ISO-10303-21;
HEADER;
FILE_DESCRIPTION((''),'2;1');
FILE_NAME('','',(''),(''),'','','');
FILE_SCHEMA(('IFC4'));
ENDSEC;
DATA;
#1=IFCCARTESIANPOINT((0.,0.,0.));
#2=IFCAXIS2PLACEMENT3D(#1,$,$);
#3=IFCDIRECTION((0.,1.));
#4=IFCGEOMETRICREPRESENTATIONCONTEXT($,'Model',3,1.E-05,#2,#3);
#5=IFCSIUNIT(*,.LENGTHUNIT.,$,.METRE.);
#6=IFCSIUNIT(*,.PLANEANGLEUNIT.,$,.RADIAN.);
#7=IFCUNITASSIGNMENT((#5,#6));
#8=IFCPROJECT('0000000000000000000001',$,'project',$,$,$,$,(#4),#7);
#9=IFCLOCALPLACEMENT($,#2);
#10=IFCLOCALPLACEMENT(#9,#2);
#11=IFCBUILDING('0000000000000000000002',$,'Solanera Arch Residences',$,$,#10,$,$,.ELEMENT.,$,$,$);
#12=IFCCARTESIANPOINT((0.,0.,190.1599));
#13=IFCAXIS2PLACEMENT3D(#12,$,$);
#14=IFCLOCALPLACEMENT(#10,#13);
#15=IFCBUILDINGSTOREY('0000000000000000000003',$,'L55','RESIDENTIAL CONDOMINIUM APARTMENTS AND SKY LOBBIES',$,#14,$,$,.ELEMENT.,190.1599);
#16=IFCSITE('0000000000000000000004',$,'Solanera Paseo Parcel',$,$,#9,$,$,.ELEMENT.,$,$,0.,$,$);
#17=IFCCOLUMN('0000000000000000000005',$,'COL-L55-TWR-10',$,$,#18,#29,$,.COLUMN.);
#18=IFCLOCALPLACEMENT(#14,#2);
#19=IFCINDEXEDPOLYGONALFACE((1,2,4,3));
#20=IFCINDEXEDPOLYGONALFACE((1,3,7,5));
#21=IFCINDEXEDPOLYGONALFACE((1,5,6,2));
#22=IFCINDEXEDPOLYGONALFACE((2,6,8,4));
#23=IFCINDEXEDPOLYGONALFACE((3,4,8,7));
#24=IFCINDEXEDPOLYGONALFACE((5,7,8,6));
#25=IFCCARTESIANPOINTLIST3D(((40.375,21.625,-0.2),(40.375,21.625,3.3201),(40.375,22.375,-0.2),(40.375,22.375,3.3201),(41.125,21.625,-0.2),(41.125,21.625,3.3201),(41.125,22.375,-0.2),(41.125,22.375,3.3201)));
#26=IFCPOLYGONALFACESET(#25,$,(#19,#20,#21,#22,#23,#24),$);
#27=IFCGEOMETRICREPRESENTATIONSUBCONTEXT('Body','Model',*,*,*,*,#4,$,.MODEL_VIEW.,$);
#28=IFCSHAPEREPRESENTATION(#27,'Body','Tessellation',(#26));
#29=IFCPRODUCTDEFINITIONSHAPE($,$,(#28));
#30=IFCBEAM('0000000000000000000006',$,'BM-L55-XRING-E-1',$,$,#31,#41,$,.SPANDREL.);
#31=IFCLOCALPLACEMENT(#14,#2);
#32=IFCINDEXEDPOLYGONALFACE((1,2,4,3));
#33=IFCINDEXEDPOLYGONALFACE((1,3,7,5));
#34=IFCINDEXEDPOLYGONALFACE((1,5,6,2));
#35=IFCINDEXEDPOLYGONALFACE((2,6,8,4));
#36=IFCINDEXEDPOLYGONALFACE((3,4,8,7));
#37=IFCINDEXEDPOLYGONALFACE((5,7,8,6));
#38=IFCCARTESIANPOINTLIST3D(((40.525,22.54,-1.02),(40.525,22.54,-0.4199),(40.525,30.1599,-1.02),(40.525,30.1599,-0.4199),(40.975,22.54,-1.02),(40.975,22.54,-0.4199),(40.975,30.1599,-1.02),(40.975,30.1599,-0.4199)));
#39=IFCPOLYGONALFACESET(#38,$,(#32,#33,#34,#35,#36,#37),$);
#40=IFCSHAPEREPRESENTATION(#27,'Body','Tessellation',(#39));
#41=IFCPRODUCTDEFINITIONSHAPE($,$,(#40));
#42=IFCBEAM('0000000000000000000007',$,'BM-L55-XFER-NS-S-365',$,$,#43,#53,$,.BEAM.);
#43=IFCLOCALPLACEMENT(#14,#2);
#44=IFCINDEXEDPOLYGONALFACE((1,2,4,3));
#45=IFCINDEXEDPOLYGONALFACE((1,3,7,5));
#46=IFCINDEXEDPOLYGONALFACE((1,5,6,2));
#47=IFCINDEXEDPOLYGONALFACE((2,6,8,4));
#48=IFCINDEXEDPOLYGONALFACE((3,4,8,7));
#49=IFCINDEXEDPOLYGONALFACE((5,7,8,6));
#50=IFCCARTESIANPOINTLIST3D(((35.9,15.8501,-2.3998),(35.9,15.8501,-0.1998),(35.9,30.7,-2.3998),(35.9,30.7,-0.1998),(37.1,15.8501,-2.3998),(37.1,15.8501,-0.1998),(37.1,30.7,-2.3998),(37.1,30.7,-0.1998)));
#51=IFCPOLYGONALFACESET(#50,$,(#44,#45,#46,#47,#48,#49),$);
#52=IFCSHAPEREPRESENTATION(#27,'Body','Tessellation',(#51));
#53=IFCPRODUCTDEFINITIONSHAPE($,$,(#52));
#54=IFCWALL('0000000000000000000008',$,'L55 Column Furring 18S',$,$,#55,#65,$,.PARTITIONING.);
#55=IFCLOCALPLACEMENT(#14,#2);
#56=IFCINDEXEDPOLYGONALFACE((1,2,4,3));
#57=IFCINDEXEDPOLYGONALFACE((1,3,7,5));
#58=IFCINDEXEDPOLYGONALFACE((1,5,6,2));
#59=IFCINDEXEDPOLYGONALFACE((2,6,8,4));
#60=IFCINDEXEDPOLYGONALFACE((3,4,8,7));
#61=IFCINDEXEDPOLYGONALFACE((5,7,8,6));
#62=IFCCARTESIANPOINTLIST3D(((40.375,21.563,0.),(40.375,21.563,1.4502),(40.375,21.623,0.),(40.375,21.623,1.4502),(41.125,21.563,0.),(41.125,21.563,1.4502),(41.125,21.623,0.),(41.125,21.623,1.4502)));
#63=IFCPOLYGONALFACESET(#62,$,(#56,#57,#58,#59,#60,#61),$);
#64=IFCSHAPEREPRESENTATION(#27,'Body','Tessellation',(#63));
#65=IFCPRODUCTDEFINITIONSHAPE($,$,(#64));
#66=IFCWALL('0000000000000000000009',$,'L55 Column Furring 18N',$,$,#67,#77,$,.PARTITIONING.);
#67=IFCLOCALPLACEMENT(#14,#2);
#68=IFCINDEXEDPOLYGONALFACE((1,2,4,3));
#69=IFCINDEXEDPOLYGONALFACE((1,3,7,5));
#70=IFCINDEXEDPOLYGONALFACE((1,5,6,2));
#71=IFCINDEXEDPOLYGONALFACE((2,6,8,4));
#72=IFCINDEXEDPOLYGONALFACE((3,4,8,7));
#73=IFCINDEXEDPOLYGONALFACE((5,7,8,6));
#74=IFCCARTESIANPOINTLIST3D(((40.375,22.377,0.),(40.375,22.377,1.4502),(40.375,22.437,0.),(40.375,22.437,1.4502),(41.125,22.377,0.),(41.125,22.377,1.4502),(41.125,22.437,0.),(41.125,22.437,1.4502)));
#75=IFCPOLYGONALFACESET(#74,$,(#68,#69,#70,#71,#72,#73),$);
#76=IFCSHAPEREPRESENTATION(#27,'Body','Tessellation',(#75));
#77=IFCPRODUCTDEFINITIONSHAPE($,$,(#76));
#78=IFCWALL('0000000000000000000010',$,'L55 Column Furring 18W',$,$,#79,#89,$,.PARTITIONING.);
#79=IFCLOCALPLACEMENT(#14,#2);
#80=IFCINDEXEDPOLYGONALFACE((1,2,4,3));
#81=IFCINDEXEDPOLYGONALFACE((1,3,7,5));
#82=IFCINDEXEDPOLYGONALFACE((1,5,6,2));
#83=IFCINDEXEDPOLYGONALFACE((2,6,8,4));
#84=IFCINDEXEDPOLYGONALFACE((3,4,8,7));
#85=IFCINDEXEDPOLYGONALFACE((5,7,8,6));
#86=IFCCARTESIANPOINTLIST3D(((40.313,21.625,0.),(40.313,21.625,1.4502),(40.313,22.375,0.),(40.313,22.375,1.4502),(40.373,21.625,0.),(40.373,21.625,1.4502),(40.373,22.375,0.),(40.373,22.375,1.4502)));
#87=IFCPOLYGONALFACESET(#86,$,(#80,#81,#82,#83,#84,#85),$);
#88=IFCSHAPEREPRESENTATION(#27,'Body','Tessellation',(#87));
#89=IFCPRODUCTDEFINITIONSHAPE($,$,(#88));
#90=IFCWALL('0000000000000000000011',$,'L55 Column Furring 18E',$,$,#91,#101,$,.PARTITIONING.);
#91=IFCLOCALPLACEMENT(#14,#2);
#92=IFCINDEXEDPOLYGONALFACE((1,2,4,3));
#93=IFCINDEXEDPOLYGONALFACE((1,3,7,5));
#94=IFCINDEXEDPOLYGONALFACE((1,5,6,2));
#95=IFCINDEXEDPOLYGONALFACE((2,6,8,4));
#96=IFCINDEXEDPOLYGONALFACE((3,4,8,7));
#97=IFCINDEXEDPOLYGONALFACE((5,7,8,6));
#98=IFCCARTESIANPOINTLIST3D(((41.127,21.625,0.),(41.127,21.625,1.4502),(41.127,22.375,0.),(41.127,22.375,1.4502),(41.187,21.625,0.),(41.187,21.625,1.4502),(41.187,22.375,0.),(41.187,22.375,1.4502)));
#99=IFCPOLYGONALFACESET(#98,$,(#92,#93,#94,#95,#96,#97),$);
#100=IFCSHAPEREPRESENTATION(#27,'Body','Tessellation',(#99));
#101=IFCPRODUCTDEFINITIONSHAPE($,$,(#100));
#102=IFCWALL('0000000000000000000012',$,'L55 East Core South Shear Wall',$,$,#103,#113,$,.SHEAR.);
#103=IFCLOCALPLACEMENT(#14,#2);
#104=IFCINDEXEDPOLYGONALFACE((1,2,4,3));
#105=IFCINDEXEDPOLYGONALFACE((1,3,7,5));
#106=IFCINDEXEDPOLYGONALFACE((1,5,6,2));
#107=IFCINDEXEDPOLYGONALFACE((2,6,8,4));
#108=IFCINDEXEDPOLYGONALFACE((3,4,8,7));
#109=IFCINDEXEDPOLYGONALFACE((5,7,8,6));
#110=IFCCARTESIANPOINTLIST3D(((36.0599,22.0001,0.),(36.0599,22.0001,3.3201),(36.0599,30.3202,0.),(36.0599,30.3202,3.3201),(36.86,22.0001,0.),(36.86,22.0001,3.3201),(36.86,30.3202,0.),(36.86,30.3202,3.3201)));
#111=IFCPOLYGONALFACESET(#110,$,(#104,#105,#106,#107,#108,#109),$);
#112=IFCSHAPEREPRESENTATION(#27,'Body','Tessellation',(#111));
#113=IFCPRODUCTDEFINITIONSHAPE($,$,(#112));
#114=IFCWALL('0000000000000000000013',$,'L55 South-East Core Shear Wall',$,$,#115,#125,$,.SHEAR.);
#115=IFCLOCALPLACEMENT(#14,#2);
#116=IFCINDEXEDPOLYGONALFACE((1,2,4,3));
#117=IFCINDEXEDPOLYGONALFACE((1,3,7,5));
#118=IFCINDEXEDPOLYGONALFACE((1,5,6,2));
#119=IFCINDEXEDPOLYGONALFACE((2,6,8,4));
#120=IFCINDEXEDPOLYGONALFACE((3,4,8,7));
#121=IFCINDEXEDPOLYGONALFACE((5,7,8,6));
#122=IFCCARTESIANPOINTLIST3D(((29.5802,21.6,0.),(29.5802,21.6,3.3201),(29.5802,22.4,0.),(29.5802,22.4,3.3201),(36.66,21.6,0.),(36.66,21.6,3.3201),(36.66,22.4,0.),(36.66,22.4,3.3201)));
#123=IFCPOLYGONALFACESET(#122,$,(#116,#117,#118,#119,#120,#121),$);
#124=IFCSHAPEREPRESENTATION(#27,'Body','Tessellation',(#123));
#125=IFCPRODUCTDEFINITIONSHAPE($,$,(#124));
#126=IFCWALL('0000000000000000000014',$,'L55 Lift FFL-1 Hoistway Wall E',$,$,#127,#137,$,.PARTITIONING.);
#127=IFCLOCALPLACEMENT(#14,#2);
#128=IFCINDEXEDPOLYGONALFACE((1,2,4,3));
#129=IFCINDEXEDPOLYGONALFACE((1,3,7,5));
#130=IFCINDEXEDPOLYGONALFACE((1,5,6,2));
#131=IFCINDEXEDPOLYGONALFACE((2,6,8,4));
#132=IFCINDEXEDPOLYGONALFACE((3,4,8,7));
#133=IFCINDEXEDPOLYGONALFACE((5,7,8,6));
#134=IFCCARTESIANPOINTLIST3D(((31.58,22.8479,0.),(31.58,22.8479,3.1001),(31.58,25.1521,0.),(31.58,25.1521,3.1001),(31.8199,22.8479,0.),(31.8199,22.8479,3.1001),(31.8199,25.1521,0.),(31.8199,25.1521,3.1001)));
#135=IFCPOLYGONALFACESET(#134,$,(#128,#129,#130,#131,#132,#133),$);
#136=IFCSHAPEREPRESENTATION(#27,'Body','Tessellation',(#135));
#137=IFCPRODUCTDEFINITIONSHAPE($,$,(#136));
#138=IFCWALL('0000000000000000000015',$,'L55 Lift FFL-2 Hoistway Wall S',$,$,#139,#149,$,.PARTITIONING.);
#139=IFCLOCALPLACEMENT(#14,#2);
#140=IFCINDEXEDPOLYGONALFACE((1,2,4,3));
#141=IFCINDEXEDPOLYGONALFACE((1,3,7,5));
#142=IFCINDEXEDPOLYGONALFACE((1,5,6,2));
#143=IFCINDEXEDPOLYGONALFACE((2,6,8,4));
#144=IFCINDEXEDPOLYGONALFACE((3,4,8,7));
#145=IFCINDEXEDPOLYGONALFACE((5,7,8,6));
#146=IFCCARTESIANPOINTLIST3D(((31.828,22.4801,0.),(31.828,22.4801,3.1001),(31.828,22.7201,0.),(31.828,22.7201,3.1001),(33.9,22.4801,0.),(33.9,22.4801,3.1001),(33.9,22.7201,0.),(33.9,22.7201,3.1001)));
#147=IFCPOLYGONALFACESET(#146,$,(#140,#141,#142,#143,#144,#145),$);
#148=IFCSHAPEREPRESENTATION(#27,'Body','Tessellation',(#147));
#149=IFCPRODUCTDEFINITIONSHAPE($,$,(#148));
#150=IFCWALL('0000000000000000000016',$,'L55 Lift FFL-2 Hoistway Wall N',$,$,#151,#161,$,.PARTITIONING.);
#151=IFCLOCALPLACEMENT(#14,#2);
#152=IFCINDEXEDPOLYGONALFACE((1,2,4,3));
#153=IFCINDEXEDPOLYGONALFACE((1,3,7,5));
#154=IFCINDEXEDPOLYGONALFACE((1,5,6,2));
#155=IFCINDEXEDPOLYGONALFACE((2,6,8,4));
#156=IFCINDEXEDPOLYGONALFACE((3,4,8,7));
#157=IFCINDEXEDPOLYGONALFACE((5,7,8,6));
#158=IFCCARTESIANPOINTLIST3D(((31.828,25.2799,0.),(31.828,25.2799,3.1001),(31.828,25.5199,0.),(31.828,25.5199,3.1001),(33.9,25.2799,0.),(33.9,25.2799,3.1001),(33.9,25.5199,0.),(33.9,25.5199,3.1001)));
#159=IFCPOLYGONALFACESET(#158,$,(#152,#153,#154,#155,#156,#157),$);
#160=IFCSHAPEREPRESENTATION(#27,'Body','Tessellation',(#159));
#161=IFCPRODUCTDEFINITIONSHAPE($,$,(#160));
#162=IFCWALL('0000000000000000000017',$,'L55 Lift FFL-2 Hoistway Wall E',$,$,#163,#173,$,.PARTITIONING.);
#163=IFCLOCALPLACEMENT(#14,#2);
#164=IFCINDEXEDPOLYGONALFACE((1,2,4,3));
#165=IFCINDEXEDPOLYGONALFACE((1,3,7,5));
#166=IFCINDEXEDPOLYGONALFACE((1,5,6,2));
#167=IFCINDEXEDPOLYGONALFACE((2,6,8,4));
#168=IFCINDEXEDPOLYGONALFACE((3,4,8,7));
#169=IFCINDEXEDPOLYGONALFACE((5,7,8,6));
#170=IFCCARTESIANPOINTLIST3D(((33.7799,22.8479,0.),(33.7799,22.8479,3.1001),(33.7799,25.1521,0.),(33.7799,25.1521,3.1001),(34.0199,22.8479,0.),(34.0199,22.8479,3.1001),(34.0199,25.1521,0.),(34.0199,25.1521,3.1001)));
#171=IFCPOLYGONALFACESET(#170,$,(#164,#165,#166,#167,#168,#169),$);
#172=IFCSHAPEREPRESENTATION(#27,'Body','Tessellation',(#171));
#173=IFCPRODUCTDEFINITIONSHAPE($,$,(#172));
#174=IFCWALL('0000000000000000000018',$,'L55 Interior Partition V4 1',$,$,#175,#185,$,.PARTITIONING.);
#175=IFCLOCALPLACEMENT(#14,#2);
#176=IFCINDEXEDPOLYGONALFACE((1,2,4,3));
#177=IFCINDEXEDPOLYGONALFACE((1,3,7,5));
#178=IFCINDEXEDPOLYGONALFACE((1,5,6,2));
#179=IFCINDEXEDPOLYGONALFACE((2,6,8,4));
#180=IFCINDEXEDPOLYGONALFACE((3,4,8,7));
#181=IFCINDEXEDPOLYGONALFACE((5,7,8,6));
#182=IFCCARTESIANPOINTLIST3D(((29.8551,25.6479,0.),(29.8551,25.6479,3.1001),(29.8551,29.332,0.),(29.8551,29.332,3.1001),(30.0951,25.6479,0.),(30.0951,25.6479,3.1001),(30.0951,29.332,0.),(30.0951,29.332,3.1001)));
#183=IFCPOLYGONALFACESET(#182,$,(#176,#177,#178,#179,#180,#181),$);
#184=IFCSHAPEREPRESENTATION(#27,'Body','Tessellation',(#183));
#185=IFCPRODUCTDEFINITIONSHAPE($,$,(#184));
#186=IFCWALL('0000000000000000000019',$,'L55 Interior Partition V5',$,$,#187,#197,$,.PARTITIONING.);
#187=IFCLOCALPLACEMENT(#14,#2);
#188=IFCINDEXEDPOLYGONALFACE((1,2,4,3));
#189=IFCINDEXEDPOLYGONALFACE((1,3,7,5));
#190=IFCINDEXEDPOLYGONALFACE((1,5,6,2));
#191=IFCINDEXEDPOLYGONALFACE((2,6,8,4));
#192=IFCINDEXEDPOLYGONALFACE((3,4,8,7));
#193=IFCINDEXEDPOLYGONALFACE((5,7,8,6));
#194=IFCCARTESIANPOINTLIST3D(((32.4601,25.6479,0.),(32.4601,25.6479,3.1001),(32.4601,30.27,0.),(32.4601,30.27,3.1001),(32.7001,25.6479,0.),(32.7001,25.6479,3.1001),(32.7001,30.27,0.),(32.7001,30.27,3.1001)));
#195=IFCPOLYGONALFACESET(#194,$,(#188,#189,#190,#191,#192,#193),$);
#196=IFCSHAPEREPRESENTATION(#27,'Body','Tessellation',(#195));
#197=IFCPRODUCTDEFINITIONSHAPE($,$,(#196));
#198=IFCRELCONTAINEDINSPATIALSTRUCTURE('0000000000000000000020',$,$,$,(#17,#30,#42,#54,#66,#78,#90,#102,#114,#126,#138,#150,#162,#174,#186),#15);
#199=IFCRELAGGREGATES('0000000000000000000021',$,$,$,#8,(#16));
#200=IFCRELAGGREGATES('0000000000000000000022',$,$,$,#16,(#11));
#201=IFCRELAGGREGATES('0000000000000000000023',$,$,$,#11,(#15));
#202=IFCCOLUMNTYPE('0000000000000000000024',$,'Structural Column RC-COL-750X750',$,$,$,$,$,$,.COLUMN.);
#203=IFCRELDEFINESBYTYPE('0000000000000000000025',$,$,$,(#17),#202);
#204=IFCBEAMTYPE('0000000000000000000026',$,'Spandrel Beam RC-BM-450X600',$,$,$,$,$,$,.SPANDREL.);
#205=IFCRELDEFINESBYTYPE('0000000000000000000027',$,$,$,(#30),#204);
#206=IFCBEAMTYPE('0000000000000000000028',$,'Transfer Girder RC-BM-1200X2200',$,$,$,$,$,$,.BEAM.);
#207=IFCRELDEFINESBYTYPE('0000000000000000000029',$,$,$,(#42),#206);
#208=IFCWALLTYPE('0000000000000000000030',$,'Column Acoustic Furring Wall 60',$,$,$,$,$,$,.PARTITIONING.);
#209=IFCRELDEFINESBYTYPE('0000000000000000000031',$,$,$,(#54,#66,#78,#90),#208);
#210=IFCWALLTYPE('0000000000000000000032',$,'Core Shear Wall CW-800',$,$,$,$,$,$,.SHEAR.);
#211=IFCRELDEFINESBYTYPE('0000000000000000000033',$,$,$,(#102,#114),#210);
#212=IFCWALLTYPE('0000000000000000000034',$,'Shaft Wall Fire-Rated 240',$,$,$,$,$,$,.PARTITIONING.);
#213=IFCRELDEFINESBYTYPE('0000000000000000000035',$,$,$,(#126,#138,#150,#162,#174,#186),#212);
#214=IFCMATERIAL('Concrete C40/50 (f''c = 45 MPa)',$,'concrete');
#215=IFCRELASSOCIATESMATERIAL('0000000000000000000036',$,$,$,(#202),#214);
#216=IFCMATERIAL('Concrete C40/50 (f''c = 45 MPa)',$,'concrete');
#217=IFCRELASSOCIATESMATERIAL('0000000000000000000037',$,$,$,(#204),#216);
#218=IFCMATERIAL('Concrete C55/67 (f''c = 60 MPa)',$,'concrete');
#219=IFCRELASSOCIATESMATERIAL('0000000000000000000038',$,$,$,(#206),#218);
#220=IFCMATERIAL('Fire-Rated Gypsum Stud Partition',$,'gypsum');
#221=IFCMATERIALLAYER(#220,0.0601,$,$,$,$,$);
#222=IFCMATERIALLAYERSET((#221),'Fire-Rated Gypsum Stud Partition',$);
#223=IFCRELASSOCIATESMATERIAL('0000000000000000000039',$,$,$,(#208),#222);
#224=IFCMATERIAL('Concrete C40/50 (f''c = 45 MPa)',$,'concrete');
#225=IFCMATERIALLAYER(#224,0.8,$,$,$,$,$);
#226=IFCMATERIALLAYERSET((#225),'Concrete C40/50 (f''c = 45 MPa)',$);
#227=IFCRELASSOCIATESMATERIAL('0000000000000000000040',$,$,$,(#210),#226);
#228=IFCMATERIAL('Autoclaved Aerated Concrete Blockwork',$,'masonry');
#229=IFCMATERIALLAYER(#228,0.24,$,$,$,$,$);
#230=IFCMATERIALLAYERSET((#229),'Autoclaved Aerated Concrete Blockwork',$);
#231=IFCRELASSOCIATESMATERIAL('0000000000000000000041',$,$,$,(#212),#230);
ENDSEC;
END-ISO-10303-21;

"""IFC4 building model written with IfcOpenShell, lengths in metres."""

from ifc_helpers import new_model, si_unit, direction, frame, frame_2d, origin, origin_2d, place, context, subcontext, project, spatial, rectangle, extrude, material, layer, layer_set, material_profile, profile_set, type_object, element, save


model = new_model("IFC4")

# Units and contexts
model_context = context("Model", 3, precision=1e-05, world=origin(), true_north=direction((0.0, 1.0)))
body_context = subcontext(model_context, "Body", "Model", "MODEL_VIEW")
ifc_project = project(units=[si_unit("LENGTHUNIT", "METRE"), si_unit("PLANEANGLEUNIT", "RADIAN")], contexts=[model_context])

# Site, building, storey
site_placement = place(None, origin())
site = spatial("IfcSite", under=ifc_project, at=site_placement, Name="Solanera Paseo Parcel", CompositionType="ELEMENT", RefElevation=0.0)
building_placement = place(site_placement, origin())
building = spatial("IfcBuilding", under=site, at=building_placement, Name="Solanera Arch Residences", CompositionType="ELEMENT")
storey_placement = place(building_placement, frame((0.0, 0.0, 190.1599)))
storey = spatial("IfcBuildingStorey", under=building, at=storey_placement, Name="L55", Description="RESIDENTIAL CONDOMINIUM APARTMENTS AND SKY LOBBIES", CompositionType="ELEMENT", Elevation=190.1599)

# Column
ifc_material_1 = material(Name="Concrete C40/50 (f'c = 45 MPa)", Category="concrete")
ifc_material_profile_1 = material_profile(ifc_material_1, rectangle(XDim=0.75, YDim=0.75, at=origin_2d()))
ifc_profile_set_1 = profile_set([ifc_material_profile_1], Name="Concrete C40/50 (f'c = 45 MPa)")
column_type = type_object("IfcColumnType", Name="Structural Column RC-COL-750X750", PredefinedType="COLUMN", material=ifc_profile_set_1)
column_placement = place(storey_placement, frame((40.75, 22.0, -0.2), z_axis=(0.0, 0.0, 1.0), x_axis=(1.0, 0.0, 0.0)))
element("IfcColumn", 1, at=column_placement, inside=storey, type_object=column_type, Name="COL-L55-TWR-10", PredefinedType="COLUMN", context=body_context, shape_type="SweptSolid", body=[
    extrude(rectangle(XDim=0.75, YDim=0.75, at=origin_2d()), origin(), (0.0, 0.0, 1.0), 3.52),
])

# Beams
ifc_material_2 = material(Name="Concrete C40/50 (f'c = 45 MPa)", Category="concrete")
ifc_material_profile_2 = material_profile(ifc_material_2, rectangle(XDim=0.45, YDim=0.6001, at=origin_2d()))
ifc_profile_set_2 = profile_set([ifc_material_profile_2], Name="Concrete C40/50 (f'c = 45 MPa)")
beam_type_1 = type_object("IfcBeamType", Name="Spandrel Beam RC-BM-450X600", PredefinedType="SPANDREL", material=ifc_profile_set_2)
beam_1_placement = place(storey_placement, frame((40.75, 22.54, -0.72), z_axis=(0.0, 1.0, 0.0), x_axis=(-1.0, 0.0, 0.0)))
element("IfcBeam", 2, at=beam_1_placement, inside=storey, type_object=beam_type_1, Name="BM-L55-XRING-E-1", PredefinedType="SPANDREL", context=body_context, shape_type="SweptSolid", body=[
    extrude(rectangle(XDim=0.45, YDim=0.6001, at=origin_2d()), origin(), (0.0, 0.0, 1.0), 7.6199),
])
ifc_material_3 = material(Name="Concrete C55/67 (f'c = 60 MPa)", Category="concrete")
ifc_material_profile_3 = material_profile(ifc_material_3, rectangle(XDim=1.2, YDim=2.2, at=origin_2d()))
ifc_profile_set_3 = profile_set([ifc_material_profile_3], Name="Concrete C55/67 (f'c = 60 MPa)")
beam_type_2 = type_object("IfcBeamType", Name="Transfer Girder RC-BM-1200X2200", PredefinedType="BEAM", material=ifc_profile_set_3)
beam_2_placement = place(storey_placement, frame((36.5, 15.8501, -1.2998), z_axis=(0.0, 1.0, 0.0), x_axis=(-1.0, 0.0, 0.0)))
element("IfcBeam", 3, at=beam_2_placement, inside=storey, type_object=beam_type_2, Name="BM-L55-XFER-NS-S-365", PredefinedType="BEAM", context=body_context, shape_type="SweptSolid", body=[
    extrude(rectangle(XDim=1.2, YDim=2.2, at=origin_2d()), origin(), (0.0, 0.0, 1.0), 14.8499),
])

# Walls
ifc_material_4 = material(Name="Fire-Rated Gypsum Stud Partition", Category="gypsum")
ifc_layer_1 = layer(ifc_material_4, 0.0601)
ifc_layer_set_1 = layer_set([ifc_layer_1], Name="Fire-Rated Gypsum Stud Partition")
wall_type_1 = type_object("IfcWallType", Name="Column Acoustic Furring Wall 60", PredefinedType="PARTITIONING", material=ifc_layer_set_1)
for number, where, z_axis, x_axis, name in (
    (4, (40.375, 21.593, 0.0), (0.0, 0.0, 1.0), (1.0, 0.0, 0.0), "L55 Column Furring 18S"),
    (5, (40.375, 22.407, 0.0), (0.0, 0.0, 1.0), (1.0, 0.0, 0.0), "L55 Column Furring 18N"),
    (6, (40.343, 21.625, 0.0), (0.0, 0.0, 1.0), (0.0, 1.0, 0.0), "L55 Column Furring 18W"),
    (7, (41.157, 21.625, 0.0), (0.0, 0.0, 1.0), (0.0, 1.0, 0.0), "L55 Column Furring 18E"),
):
    element("IfcWall", number, at=place(storey_placement, frame(where, z_axis=z_axis, x_axis=x_axis)), inside=storey, type_object=wall_type_1, Name=name, PredefinedType="PARTITIONING", context=body_context, shape_type="SweptSolid", body=[
        extrude(rectangle(XDim=0.75, YDim=0.0601, at=frame_2d((0.375, 0.0))), origin(), (0.0, 0.0, 1.0), 1.4502),
    ])
ifc_material_5 = material(Name="Concrete C40/50 (f'c = 45 MPa)", Category="concrete")
ifc_layer_2 = layer(ifc_material_5, 0.8)
ifc_layer_set_2 = layer_set([ifc_layer_2], Name="Concrete C40/50 (f'c = 45 MPa)")
wall_type_2 = type_object("IfcWallType", Name="Core Shear Wall CW-800", PredefinedType="SHEAR", material=ifc_layer_set_2)
wall_1_placement = place(storey_placement, frame((36.46, 22.0, 0.0), z_axis=(0.0, 0.0, 1.0), x_axis=(0.0, 1.0, 0.0)))
element("IfcWall", 8, at=wall_1_placement, inside=storey, type_object=wall_type_2, Name="L55 East Core South Shear Wall", PredefinedType="SHEAR", context=body_context, shape_type="SweptSolid", body=[
    extrude(rectangle(XDim=8.3201, YDim=0.8, at=frame_2d((4.1602, 0.0))), origin(), (0.0, 0.0, 1.0), 3.3201),
])
wall_2_placement = place(storey_placement, frame((29.5801, 22.0, 0.0), z_axis=(0.0, 0.0, 1.0), x_axis=(1.0, 0.0, 0.0)))
element("IfcWall", 9, at=wall_2_placement, inside=storey, type_object=wall_type_2, Name="L55 South-East Core Shear Wall", PredefinedType="SHEAR", context=body_context, shape_type="SweptSolid", body=[
    extrude(rectangle(XDim=7.0798, YDim=0.8, at=frame_2d((3.54, 0.0))), origin(), (0.0, 0.0, 1.0), 3.3201),
])
ifc_material_6 = material(Name="Autoclaved Aerated Concrete Blockwork", Category="masonry")
ifc_layer_3 = layer(ifc_material_6, 0.24)
ifc_layer_set_3 = layer_set([ifc_layer_3], Name="Autoclaved Aerated Concrete Blockwork")
wall_type_3 = type_object("IfcWallType", Name="Shaft Wall Fire-Rated 240", PredefinedType="PARTITIONING", material=ifc_layer_set_3)
wall_3_placement = place(storey_placement, frame((31.7, 22.8479, 0.0), z_axis=(0.0, 0.0, 1.0), x_axis=(0.0, 1.0, 0.0)))
element("IfcWall", 10, at=wall_3_placement, inside=storey, type_object=wall_type_3, Name="L55 Lift FFL-1 Hoistway Wall E", PredefinedType="PARTITIONING", context=body_context, shape_type="SweptSolid", body=[
    extrude(rectangle(XDim=2.3042, YDim=0.24, at=frame_2d((1.1521, 0.0))), origin(), (0.0, 0.0, 1.0), 3.1001),
])
for number, where, z_axis, x_axis, name in (
    (11, (31.8279, 22.6001, 0.0), (0.0, 0.0, 1.0), (1.0, 0.0, 0.0), "L55 Lift FFL-2 Hoistway Wall S"),
    (12, (31.8279, 25.3999, 0.0), (0.0, 0.0, 1.0), (1.0, 0.0, 0.0), "L55 Lift FFL-2 Hoistway Wall N"),
):
    element("IfcWall", number, at=place(storey_placement, frame(where, z_axis=z_axis, x_axis=x_axis)), inside=storey, type_object=wall_type_3, Name=name, PredefinedType="PARTITIONING", context=body_context, shape_type="SweptSolid", body=[
        extrude(rectangle(XDim=2.072, YDim=0.24, at=frame_2d((1.0361, 0.0))), origin(), (0.0, 0.0, 1.0), 3.1001),
    ])
wall_4_placement = place(storey_placement, frame((33.8999, 22.8479, 0.0), z_axis=(0.0, 0.0, 1.0), x_axis=(0.0, 1.0, 0.0)))
element("IfcWall", 13, at=wall_4_placement, inside=storey, type_object=wall_type_3, Name="L55 Lift FFL-2 Hoistway Wall E", PredefinedType="PARTITIONING", context=body_context, shape_type="SweptSolid", body=[
    extrude(rectangle(XDim=2.3042, YDim=0.24, at=frame_2d((1.1521, 0.0))), origin(), (0.0, 0.0, 1.0), 3.1001),
])
wall_5_placement = place(storey_placement, frame((29.9751, 25.6479, 0.0), z_axis=(0.0, 0.0, 1.0), x_axis=(0.0, 1.0, 0.0)))
element("IfcWall", 14, at=wall_5_placement, inside=storey, type_object=wall_type_3, Name="L55 Interior Partition V4 1", PredefinedType="PARTITIONING", context=body_context, shape_type="SweptSolid", body=[
    extrude(rectangle(XDim=3.6841, YDim=0.24, at=frame_2d((1.842, 0.0))), origin(), (0.0, 0.0, 1.0), 3.1001),
])
wall_6_placement = place(storey_placement, frame((32.5801, 25.6479, 0.0), z_axis=(0.0, 0.0, 1.0), x_axis=(0.0, 1.0, 0.0)))
element("IfcWall", 15, at=wall_6_placement, inside=storey, type_object=wall_type_3, Name="L55 Interior Partition V5", PredefinedType="PARTITIONING", context=body_context, shape_type="SweptSolid", body=[
    extrude(rectangle(XDim=4.6221, YDim=0.24, at=frame_2d((2.311, 0.0))), origin(), (0.0, 0.0, 1.0), 3.1001),
])

save(model, "model.ifc")
